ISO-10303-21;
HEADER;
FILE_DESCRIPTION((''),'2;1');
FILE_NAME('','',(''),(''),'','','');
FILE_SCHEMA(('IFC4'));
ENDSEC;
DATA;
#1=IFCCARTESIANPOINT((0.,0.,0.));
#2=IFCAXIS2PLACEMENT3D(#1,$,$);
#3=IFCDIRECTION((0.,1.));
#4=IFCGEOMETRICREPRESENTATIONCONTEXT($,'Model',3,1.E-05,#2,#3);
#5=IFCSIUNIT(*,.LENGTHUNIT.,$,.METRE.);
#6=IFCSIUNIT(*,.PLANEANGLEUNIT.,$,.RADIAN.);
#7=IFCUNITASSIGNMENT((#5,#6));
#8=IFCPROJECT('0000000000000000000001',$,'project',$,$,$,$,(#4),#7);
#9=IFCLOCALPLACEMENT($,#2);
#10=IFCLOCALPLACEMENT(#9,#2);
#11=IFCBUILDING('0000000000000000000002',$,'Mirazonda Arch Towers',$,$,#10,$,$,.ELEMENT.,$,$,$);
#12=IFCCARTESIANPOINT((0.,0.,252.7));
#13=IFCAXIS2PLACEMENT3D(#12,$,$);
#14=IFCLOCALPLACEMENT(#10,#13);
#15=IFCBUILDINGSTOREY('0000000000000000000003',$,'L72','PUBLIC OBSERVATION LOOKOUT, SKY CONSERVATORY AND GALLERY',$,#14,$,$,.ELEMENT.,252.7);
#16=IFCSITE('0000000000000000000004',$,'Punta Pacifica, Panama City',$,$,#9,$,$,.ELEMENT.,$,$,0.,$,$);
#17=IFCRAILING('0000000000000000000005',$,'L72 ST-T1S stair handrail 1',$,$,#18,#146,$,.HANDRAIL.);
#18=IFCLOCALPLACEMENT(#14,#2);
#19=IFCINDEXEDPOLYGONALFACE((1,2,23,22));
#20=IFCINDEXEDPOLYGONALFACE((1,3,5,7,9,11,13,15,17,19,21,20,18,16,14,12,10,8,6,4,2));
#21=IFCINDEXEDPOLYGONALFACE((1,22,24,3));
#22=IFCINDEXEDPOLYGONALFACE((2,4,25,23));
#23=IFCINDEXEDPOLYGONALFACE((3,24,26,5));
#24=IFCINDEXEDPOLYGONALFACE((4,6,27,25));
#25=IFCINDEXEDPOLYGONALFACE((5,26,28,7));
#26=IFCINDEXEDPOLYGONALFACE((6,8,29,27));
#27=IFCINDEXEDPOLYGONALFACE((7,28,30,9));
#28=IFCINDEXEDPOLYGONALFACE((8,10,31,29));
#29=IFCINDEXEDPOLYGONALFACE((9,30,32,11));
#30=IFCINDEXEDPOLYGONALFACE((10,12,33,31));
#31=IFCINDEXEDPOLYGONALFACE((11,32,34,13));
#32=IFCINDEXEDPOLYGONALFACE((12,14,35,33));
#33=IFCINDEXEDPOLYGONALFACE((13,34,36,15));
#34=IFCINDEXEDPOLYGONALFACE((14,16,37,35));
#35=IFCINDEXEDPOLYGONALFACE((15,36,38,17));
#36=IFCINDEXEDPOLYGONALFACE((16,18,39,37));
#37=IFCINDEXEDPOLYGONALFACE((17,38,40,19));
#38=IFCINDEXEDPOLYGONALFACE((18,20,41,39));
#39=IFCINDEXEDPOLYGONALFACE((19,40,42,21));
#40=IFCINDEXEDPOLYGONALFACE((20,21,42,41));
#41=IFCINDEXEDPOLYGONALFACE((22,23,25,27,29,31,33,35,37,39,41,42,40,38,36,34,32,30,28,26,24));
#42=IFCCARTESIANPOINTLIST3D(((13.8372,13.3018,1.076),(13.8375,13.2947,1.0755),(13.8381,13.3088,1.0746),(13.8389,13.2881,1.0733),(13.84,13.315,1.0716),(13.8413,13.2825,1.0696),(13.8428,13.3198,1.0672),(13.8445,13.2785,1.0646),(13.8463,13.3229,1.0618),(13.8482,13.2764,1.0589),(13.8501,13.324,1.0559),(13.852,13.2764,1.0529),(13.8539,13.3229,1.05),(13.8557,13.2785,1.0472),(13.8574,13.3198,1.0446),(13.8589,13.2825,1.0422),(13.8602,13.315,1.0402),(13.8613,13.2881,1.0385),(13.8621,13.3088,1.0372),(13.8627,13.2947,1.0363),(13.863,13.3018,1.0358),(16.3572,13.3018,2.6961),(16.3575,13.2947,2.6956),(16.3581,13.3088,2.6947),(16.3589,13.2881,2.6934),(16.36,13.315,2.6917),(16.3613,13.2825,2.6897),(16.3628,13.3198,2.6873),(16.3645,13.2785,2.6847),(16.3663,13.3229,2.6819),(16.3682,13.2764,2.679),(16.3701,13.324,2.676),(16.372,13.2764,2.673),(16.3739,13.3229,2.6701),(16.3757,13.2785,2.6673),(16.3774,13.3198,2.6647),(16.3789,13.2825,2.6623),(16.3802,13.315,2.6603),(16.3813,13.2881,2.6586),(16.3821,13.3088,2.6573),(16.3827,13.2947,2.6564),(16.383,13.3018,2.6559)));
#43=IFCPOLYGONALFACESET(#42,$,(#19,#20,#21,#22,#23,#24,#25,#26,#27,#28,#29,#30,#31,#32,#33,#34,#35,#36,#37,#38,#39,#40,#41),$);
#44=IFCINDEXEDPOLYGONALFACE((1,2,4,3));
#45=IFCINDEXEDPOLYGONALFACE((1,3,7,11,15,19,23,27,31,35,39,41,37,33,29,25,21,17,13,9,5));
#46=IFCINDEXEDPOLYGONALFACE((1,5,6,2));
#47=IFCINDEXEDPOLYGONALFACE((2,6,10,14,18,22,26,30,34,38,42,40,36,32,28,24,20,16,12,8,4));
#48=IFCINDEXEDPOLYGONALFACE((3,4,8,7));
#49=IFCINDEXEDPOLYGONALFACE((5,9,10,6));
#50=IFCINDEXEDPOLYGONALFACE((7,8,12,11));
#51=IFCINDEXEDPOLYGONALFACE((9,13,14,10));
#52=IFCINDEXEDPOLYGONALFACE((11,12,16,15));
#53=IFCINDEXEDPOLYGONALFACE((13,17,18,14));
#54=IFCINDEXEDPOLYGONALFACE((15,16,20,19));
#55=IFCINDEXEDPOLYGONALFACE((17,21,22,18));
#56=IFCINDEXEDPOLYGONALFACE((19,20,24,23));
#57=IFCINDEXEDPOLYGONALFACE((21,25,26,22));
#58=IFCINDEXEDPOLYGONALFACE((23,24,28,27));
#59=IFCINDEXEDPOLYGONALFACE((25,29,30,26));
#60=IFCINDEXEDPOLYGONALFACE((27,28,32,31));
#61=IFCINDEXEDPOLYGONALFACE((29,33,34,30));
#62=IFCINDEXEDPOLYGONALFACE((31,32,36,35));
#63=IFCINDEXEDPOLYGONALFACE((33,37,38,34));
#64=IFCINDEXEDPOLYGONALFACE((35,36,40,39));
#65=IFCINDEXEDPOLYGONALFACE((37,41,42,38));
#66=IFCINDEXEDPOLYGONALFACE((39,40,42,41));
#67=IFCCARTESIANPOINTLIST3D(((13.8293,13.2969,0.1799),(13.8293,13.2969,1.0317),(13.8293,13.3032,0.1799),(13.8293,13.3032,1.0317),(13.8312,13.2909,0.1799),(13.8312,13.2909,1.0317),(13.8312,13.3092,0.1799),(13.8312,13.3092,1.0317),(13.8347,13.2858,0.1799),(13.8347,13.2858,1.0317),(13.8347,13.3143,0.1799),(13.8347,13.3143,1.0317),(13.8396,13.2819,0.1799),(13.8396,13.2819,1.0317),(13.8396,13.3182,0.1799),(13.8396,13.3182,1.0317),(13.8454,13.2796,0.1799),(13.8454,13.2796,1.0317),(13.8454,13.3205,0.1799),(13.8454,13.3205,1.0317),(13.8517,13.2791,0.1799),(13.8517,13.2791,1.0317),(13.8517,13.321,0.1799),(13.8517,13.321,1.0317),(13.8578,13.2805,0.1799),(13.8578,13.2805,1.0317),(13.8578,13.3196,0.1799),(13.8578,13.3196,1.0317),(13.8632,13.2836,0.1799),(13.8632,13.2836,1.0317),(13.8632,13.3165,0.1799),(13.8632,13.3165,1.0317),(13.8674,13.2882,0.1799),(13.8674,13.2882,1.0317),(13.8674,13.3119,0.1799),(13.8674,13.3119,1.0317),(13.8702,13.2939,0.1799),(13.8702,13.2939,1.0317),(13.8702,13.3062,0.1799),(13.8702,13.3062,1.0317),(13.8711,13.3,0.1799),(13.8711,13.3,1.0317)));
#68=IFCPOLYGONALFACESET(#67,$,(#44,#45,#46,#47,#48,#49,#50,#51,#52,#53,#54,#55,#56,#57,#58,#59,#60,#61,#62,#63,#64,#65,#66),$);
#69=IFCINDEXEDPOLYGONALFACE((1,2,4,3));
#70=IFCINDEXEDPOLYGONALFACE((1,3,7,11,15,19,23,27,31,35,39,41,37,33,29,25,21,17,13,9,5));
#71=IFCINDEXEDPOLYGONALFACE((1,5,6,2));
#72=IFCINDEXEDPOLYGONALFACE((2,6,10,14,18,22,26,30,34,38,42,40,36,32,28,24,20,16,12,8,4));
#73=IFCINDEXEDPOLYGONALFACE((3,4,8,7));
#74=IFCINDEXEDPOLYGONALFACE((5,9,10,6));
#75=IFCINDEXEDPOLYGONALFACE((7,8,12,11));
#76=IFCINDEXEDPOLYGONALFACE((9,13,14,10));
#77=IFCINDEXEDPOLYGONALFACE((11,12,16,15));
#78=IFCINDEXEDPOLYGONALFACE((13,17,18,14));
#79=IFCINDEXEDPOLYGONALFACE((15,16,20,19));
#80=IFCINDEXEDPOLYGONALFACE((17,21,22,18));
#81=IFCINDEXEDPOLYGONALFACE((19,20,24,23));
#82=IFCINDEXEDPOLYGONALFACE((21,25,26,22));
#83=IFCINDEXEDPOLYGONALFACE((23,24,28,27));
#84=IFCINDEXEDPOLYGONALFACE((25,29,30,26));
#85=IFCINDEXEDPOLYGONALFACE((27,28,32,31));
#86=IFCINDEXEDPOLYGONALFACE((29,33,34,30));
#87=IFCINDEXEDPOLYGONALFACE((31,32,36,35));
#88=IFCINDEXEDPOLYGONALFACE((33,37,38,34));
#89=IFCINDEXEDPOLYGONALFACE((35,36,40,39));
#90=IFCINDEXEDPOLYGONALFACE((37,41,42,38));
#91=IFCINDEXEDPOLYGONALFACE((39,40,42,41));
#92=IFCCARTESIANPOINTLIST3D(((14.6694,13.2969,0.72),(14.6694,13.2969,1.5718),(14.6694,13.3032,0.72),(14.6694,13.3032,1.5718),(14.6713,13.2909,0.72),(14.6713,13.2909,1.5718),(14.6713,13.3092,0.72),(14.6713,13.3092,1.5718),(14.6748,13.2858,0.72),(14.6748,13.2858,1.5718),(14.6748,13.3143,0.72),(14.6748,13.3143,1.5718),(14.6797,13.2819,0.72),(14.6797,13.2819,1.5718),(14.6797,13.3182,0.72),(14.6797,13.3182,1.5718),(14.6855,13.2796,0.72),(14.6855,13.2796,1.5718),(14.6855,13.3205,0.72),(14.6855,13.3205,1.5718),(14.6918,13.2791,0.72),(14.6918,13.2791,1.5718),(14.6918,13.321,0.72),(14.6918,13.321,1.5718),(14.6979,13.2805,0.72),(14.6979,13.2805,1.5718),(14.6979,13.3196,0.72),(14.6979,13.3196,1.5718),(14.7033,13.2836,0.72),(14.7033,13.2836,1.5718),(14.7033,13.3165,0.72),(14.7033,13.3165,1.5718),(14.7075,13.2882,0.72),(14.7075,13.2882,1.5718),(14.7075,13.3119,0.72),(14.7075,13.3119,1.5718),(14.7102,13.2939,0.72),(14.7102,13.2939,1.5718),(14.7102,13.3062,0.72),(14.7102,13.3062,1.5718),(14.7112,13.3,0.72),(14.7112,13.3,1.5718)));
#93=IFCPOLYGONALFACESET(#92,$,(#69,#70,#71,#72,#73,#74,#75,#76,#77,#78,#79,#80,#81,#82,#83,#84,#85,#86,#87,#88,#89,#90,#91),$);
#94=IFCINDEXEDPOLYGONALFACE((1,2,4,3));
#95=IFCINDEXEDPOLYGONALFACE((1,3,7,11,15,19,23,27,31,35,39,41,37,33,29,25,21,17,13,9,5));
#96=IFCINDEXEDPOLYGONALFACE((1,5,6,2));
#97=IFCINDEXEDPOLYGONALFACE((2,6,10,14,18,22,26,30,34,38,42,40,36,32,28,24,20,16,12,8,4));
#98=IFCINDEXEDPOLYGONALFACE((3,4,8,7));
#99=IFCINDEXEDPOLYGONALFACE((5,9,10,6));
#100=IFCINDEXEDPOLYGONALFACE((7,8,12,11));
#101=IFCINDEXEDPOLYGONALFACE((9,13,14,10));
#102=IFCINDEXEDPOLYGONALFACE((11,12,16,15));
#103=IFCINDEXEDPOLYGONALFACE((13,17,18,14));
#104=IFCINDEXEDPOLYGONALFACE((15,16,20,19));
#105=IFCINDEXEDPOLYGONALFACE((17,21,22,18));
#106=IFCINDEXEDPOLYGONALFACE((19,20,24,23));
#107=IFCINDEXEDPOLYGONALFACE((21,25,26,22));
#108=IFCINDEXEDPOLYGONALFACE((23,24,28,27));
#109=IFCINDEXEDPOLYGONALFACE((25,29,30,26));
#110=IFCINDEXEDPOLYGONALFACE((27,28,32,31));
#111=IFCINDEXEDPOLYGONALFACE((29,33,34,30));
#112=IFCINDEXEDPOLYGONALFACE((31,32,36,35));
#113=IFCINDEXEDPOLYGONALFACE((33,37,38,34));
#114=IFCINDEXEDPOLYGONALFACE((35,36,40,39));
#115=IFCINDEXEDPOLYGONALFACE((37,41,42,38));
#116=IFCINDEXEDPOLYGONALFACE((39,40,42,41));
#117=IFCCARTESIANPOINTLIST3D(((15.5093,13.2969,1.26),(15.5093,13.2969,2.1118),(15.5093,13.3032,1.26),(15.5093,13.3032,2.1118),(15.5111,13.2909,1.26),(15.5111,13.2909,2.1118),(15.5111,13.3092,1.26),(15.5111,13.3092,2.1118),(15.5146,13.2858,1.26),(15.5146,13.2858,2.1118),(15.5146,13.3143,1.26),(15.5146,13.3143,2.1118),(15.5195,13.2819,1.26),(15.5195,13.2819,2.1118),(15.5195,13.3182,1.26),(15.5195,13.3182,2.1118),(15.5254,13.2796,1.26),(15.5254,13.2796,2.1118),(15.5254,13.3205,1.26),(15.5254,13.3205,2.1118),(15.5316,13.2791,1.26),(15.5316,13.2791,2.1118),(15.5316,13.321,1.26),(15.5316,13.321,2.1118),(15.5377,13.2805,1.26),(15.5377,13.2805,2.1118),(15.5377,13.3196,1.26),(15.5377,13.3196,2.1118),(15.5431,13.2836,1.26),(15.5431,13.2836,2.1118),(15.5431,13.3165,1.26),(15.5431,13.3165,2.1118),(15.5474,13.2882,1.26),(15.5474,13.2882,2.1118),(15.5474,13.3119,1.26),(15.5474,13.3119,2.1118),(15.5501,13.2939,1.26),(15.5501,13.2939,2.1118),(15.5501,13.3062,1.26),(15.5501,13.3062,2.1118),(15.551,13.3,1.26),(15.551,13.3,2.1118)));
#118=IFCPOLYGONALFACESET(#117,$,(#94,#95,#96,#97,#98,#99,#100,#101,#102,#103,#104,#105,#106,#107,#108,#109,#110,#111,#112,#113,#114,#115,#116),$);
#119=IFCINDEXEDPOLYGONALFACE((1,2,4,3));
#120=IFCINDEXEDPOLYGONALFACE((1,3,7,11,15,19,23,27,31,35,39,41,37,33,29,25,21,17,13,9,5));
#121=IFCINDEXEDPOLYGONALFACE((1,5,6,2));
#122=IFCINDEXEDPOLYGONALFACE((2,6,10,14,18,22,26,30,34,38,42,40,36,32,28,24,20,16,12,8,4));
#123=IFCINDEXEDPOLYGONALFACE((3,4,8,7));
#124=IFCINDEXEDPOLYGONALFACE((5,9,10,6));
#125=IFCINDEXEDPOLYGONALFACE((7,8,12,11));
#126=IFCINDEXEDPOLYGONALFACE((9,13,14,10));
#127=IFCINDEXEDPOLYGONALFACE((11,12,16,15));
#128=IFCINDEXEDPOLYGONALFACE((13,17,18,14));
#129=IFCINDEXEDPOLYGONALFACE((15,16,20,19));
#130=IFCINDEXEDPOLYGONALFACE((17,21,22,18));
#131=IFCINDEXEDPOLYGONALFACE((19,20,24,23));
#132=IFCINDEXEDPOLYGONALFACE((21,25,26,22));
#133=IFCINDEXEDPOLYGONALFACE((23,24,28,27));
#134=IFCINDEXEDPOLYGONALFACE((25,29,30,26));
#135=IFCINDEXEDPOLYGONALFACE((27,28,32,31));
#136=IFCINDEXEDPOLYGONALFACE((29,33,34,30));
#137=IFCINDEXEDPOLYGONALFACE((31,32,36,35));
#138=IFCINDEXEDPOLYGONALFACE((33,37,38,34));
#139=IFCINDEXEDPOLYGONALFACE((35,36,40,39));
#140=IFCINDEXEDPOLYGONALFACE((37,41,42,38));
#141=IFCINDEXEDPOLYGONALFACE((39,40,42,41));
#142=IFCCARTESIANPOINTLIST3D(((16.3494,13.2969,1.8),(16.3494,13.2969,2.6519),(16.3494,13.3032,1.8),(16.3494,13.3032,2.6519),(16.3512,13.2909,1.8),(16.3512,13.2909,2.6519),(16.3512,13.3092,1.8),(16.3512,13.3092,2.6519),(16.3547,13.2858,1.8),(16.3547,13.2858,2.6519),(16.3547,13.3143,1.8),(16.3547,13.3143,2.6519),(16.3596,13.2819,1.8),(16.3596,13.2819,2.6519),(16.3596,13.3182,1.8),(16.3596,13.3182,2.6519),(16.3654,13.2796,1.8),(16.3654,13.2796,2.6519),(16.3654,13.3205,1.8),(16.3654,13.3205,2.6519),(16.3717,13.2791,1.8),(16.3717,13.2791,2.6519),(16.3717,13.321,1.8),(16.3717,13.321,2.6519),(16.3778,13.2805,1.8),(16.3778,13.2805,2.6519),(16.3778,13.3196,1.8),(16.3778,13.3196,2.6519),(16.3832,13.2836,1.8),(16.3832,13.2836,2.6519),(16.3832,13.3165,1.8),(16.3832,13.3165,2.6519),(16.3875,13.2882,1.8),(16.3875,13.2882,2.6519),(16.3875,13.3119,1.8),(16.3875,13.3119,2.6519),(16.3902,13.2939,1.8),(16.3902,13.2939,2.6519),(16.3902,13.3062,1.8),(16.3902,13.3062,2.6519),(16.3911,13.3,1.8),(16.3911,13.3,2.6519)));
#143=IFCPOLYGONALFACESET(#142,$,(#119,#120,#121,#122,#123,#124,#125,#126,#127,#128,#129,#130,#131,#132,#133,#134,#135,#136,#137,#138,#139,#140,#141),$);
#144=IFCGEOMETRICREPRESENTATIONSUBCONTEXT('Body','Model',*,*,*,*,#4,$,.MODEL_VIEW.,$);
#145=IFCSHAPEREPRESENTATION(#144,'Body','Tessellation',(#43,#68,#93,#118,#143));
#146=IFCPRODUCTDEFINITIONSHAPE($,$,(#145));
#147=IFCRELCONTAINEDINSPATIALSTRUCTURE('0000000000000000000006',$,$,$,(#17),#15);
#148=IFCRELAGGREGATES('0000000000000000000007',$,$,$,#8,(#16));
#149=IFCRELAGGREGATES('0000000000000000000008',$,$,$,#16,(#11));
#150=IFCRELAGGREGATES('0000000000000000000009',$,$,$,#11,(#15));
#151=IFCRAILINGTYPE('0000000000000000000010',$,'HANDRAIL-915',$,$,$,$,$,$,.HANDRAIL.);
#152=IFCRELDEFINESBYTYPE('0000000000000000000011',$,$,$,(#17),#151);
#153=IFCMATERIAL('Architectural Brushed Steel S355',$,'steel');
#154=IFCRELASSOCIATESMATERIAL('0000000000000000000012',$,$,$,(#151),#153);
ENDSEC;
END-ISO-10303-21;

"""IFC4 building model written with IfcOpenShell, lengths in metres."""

from ifc_helpers import new_model, si_unit, direction, frame, origin, origin_2d, place, context, subcontext, project, spatial, circle, extrude, material, type_object, element, save


model = new_model("IFC4")

# Units and contexts
model_context = context("Model", 3, precision=1e-05, world=origin(), true_north=direction((0.0, 1.0)))
body_context = subcontext(model_context, "Body", "Model", "MODEL_VIEW")
ifc_project = project(units=[si_unit("LENGTHUNIT", "METRE"), si_unit("PLANEANGLEUNIT", "RADIAN")], contexts=[model_context])

# Site, building, storey
site_placement = place(None, origin())
site = spatial("IfcSite", under=ifc_project, at=site_placement, Name="Punta Pacifica, Panama City", CompositionType="ELEMENT", RefElevation=0.0)
building_placement = place(site_placement, origin())
building = spatial("IfcBuilding", under=site, at=building_placement, Name="Mirazonda Arch Towers", CompositionType="ELEMENT")
storey_placement = place(building_placement, frame((0.0, 0.0, 252.7)))
storey = spatial("IfcBuildingStorey", under=building, at=storey_placement, Name="L72", Description="PUBLIC OBSERVATION LOOKOUT, SKY CONSERVATORY AND GALLERY", CompositionType="ELEMENT", Elevation=252.7)

# Railing
ifc_material_1 = material(Name="Architectural Brushed Steel S355", Category="steel")
railing_type_1 = type_object("IfcRailingType", Name="HANDRAIL-915", PredefinedType="HANDRAIL", material=ifc_material_1)
railing_1_placement = place(storey_placement, frame((13.8501, 13.3, 0.1799)))
element("IfcRailing", 1, at=railing_1_placement, inside=storey, type_object=railing_type_1, Name="L72 ST-T1S stair handrail 1", PredefinedType="HANDRAIL", context=body_context, shape_type="SweptSolid", body=[
    extrude(circle(Radius=0.0239, at=origin_2d()), frame((0.0, 0.0, 0.876), z_axis=(0.841163, 0.0, 0.540782), x_axis=(0.0, 1.0, 0.0)), (0.0, 0.0, 1.0), 2.9958),
    extrude(circle(Radius=0.021, at=origin_2d()), origin(), (0.0, 0.0, 1.0), 0.8518),
    extrude(circle(Radius=0.021, at=origin_2d()), frame((0.8401, 0.0, 0.54)), (0.0, 0.0, 1.0), 0.8518),
    extrude(circle(Radius=0.021, at=origin_2d()), frame((1.6799, 0.0, 1.0801)), (0.0, 0.0, 1.0), 0.8518),
    extrude(circle(Radius=0.021, at=origin_2d()), frame((2.52, 0.0, 1.6201)), (0.0, 0.0, 1.0), 0.8518),
])

save(model, "model.ifc")
